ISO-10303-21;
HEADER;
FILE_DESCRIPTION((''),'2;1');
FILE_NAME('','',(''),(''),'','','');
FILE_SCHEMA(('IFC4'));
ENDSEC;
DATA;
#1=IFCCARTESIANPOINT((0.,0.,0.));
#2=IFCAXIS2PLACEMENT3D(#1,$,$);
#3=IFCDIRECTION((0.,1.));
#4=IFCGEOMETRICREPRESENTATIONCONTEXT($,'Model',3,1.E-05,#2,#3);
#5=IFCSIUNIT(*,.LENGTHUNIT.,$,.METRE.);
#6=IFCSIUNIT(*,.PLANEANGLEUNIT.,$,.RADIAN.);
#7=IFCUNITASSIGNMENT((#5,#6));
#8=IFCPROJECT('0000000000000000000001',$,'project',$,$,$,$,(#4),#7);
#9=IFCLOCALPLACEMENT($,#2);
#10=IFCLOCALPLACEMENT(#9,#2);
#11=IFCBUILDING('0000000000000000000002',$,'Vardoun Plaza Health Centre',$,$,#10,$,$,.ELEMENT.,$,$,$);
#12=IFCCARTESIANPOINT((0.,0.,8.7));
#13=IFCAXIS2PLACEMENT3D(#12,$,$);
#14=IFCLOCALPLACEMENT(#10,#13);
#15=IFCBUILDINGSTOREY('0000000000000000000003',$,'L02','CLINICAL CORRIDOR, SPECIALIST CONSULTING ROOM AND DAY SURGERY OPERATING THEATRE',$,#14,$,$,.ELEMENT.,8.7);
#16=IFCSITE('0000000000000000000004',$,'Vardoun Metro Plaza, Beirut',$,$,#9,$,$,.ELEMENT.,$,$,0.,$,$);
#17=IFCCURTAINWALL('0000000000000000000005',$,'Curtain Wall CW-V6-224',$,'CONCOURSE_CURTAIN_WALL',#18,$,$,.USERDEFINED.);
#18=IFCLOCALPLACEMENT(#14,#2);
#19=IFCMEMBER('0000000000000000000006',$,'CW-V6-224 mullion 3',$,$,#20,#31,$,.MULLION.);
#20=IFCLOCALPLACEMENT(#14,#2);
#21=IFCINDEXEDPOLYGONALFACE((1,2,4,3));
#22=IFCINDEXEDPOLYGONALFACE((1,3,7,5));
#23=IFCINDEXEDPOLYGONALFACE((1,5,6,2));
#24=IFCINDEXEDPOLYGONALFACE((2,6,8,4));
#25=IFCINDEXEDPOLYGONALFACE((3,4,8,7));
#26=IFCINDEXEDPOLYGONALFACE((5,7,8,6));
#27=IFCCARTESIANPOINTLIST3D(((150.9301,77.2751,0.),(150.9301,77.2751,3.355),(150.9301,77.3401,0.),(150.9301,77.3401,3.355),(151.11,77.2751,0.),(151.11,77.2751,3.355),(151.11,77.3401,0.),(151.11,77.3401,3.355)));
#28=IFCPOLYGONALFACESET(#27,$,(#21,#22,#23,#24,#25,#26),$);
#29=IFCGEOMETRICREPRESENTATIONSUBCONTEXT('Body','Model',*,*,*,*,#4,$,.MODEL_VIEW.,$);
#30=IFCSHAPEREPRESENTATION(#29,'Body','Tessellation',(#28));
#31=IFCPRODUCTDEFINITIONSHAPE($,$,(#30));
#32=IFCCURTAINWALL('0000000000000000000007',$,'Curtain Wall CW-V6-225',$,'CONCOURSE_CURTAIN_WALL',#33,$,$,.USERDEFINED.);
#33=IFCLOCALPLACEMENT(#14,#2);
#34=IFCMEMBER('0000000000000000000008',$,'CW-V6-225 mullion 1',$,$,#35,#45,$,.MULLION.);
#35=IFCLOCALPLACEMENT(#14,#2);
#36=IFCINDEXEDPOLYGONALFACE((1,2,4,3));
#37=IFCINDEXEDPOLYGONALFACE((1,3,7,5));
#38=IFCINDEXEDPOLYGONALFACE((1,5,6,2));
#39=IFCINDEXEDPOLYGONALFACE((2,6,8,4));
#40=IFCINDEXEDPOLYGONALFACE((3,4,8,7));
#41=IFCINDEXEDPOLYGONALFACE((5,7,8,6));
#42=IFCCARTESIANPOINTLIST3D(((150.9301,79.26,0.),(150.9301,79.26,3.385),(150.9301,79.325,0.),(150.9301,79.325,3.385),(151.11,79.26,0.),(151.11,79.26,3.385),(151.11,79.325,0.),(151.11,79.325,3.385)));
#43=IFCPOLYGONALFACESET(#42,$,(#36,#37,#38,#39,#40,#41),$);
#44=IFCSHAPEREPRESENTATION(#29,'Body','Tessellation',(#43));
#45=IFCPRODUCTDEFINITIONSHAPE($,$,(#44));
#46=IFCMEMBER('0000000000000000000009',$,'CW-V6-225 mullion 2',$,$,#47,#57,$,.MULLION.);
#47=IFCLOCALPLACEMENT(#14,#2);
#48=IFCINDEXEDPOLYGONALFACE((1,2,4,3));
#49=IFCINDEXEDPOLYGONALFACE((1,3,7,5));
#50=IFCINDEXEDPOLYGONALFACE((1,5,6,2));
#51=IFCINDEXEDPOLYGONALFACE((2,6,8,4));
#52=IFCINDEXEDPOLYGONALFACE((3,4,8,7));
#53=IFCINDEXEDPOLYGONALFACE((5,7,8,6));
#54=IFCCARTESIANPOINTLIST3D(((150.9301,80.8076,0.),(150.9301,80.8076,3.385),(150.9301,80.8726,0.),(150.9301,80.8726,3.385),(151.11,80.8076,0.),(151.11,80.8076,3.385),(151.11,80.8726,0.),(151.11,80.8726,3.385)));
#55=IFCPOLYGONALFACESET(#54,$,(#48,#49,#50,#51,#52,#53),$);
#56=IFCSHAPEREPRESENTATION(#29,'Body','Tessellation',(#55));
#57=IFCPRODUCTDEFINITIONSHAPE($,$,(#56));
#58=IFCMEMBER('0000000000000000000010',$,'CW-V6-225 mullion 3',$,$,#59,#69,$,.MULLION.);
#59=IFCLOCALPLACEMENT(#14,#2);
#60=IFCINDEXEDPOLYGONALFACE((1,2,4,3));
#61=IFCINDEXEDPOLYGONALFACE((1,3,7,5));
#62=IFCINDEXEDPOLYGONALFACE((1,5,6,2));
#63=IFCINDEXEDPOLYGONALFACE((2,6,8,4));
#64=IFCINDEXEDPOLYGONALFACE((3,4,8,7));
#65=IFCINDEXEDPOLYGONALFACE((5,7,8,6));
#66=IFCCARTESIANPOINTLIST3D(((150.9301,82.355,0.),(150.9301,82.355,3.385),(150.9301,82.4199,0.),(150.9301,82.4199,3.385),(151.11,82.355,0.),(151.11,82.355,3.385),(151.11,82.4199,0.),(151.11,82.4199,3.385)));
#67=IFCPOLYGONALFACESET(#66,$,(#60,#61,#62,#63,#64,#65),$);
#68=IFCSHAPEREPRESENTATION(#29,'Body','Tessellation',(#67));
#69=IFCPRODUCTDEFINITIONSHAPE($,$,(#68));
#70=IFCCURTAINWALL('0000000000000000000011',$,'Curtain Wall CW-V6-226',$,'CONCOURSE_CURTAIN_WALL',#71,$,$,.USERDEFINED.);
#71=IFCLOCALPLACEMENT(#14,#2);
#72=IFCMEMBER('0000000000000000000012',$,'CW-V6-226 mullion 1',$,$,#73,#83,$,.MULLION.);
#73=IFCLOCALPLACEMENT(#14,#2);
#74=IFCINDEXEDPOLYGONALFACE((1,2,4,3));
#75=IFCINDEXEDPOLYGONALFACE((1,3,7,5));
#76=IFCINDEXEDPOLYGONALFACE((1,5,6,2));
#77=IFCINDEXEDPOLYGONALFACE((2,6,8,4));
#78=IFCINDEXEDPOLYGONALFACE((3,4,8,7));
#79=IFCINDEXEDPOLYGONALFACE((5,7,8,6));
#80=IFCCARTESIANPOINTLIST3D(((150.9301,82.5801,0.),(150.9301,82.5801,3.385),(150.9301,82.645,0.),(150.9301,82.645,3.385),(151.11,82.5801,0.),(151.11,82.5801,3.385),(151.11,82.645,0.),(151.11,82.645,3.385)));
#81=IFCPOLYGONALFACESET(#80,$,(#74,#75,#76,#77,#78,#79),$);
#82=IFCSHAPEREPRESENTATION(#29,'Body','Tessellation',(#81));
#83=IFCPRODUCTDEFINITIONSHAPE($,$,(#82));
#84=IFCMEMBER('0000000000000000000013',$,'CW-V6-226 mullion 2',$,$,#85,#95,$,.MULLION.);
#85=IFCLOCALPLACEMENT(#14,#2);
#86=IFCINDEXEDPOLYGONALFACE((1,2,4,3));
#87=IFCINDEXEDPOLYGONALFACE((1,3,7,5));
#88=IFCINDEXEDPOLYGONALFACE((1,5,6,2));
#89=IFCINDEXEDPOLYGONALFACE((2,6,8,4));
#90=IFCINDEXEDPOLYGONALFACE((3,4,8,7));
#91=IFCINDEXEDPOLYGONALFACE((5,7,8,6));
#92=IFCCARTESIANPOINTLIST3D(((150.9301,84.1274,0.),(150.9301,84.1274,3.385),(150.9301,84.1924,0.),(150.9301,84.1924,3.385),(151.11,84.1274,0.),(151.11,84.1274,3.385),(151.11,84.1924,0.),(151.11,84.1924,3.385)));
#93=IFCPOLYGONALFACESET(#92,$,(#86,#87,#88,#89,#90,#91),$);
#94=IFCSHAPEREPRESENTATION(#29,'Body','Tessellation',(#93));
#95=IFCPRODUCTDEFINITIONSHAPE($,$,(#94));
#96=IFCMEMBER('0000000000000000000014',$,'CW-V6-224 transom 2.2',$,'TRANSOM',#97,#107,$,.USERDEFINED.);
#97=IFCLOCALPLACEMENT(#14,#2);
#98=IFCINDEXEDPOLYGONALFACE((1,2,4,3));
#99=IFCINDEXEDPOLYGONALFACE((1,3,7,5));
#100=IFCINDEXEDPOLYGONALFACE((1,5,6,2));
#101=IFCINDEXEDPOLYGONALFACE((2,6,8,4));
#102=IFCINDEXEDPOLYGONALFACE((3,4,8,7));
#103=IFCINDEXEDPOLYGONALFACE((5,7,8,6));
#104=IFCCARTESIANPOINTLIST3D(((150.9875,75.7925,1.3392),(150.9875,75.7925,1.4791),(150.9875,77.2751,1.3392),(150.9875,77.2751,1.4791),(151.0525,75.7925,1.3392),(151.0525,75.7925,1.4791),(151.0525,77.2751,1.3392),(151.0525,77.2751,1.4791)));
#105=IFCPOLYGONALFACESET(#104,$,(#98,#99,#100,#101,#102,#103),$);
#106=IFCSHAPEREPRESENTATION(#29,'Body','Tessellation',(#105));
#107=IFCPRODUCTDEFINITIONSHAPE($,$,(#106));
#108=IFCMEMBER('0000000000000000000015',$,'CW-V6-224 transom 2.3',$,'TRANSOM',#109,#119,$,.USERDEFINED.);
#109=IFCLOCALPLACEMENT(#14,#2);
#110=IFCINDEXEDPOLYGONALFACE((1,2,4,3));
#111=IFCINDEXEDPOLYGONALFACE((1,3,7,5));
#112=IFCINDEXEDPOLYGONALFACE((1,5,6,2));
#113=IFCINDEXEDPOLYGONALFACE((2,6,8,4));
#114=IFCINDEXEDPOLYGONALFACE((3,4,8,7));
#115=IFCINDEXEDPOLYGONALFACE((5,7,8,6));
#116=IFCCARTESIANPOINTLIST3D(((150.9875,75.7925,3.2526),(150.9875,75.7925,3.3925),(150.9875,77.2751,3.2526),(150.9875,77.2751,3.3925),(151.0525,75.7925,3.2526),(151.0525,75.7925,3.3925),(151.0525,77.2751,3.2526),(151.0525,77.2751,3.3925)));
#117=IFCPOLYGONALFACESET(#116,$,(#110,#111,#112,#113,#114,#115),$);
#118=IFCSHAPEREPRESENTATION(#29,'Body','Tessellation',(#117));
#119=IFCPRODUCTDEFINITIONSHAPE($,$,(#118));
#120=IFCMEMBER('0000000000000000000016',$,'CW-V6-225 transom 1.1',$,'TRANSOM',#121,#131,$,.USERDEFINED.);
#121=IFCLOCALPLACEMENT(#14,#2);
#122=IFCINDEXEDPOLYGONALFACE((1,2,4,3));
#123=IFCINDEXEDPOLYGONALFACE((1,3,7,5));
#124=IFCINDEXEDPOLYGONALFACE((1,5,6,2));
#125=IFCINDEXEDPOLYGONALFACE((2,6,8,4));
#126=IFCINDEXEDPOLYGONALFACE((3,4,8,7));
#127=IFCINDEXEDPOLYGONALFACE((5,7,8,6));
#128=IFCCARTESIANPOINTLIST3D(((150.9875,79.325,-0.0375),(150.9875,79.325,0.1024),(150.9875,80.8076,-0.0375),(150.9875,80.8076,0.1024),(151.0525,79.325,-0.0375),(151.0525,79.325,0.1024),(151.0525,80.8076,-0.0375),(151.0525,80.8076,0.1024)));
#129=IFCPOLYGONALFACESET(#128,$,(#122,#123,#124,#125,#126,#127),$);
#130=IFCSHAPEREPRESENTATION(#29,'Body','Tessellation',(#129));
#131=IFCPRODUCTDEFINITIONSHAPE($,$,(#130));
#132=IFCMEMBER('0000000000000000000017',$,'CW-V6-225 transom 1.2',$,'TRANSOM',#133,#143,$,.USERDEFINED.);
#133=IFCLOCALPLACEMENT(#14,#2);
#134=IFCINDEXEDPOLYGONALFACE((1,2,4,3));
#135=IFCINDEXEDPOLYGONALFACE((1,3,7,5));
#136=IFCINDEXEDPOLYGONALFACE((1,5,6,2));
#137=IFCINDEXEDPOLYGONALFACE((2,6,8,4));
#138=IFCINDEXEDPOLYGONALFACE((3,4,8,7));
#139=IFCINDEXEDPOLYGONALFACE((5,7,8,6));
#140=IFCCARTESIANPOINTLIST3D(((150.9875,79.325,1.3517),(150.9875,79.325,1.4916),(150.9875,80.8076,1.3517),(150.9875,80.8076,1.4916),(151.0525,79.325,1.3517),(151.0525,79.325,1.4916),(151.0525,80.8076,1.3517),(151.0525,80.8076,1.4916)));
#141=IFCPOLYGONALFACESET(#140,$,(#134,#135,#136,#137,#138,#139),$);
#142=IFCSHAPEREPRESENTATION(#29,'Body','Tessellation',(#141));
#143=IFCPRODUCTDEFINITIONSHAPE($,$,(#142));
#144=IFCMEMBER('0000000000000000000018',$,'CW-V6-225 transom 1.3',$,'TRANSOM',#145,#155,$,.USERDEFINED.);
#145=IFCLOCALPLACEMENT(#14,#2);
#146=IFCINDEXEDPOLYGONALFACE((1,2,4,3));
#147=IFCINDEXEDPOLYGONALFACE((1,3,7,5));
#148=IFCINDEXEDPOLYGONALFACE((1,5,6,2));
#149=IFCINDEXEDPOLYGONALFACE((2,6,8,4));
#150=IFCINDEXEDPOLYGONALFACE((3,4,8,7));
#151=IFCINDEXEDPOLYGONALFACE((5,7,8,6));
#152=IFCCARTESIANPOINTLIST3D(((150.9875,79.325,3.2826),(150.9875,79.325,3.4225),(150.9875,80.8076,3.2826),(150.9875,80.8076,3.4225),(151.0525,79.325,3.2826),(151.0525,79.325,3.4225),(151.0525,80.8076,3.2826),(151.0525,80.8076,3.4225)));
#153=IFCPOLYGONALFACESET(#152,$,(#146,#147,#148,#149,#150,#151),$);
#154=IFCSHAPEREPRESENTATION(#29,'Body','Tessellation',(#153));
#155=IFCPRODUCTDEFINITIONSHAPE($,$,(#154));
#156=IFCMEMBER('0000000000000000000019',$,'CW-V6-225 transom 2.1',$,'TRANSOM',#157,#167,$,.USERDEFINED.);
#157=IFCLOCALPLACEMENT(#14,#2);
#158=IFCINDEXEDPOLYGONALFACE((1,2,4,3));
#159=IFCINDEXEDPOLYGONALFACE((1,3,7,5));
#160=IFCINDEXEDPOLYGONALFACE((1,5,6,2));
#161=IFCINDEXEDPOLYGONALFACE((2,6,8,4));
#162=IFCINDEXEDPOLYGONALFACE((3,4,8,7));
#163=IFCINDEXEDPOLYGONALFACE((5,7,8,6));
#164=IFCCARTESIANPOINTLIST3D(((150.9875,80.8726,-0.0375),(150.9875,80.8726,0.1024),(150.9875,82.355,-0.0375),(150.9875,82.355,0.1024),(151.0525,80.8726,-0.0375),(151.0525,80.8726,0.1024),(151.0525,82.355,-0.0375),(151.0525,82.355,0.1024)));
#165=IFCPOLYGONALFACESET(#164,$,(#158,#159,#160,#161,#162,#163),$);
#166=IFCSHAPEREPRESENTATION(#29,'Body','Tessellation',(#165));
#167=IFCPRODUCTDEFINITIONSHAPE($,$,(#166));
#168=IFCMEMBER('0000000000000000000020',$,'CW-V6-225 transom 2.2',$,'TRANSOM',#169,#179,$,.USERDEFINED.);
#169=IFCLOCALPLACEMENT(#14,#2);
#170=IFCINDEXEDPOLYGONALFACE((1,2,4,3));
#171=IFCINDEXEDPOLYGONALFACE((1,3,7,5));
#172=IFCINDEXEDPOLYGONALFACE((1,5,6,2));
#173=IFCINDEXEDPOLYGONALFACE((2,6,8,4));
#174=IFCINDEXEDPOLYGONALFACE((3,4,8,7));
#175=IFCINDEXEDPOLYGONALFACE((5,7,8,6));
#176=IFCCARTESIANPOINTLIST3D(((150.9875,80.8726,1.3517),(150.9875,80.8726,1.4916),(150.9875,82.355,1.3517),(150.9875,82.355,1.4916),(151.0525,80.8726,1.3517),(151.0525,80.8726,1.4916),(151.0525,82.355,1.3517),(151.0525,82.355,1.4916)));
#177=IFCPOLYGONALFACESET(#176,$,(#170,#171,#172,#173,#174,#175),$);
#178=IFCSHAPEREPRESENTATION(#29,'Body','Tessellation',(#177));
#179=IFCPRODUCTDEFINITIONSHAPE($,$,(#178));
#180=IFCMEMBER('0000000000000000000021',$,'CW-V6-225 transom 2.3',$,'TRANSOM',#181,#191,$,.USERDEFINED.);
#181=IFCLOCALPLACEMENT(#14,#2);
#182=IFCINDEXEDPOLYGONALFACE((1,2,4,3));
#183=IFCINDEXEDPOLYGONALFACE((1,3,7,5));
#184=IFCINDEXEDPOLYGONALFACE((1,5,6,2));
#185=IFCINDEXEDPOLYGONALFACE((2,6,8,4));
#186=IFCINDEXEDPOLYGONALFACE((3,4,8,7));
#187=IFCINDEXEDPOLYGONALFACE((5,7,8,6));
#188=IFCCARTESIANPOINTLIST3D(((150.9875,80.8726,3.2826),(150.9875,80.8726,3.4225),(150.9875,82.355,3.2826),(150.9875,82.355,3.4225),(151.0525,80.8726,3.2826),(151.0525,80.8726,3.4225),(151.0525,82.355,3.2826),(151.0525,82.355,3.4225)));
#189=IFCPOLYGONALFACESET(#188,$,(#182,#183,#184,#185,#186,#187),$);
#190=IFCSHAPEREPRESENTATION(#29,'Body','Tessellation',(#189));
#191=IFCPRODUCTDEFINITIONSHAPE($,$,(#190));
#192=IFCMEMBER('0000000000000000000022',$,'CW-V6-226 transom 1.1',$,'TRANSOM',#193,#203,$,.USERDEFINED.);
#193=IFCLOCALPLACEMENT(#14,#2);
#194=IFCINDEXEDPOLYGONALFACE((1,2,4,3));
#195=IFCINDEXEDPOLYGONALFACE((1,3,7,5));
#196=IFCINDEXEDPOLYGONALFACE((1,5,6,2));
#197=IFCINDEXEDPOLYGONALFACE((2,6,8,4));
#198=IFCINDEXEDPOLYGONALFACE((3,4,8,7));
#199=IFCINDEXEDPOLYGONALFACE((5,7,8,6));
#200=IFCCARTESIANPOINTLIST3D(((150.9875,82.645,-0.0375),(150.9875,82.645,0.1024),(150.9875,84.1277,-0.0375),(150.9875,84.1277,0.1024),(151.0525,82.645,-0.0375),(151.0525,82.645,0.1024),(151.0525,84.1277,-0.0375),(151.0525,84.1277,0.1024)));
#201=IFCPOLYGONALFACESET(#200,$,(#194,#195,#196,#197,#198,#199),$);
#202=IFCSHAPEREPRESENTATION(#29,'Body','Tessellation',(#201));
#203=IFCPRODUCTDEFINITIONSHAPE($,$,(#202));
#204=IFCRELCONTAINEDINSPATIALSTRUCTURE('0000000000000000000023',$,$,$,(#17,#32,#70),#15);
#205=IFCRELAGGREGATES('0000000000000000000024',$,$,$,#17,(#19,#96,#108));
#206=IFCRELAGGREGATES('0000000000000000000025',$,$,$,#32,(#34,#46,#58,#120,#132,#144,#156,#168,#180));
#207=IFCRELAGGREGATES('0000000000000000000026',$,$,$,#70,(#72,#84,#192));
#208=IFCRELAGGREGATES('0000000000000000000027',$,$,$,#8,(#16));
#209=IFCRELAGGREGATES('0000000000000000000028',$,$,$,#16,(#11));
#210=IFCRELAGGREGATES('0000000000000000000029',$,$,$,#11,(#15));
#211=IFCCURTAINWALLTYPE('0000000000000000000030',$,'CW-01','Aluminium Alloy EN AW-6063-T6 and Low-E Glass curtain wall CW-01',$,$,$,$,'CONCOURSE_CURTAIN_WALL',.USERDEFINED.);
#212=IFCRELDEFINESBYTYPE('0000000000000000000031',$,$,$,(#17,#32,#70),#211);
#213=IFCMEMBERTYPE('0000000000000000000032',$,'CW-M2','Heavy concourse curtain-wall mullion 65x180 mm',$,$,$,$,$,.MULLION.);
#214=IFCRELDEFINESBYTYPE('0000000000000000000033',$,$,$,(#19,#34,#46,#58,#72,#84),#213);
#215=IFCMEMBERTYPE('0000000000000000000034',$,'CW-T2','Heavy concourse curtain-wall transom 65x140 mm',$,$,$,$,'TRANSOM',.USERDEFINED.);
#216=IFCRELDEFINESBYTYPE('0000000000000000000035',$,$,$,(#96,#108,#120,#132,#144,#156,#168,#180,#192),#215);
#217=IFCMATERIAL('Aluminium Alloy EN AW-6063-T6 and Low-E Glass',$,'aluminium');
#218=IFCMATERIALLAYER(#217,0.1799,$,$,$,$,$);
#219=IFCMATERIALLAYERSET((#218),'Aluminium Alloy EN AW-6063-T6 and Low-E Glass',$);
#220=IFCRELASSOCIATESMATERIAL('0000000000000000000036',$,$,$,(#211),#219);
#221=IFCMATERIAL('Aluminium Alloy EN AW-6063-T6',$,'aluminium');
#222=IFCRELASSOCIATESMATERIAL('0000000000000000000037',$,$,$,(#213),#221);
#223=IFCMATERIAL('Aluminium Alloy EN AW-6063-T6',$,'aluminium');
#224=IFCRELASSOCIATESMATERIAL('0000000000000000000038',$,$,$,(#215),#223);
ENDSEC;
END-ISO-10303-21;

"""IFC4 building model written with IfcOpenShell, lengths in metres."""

from ifc_helpers import new_model, si_unit, direction, frame, origin, origin_2d, place, context, subcontext, project, spatial, rectangle, extrude, material, layer, layer_set, material_profile, profile_set, type_object, element, aggregate, save


model = new_model("IFC4")

# Units and contexts
model_context = context("Model", 3, precision=1e-05, world=origin(), true_north=direction((0.0, 1.0)))
body_context = subcontext(model_context, "Body", "Model", "MODEL_VIEW")
ifc_project = project(units=[si_unit("LENGTHUNIT", "METRE"), si_unit("PLANEANGLEUNIT", "RADIAN")], contexts=[model_context])

# Site, building, storey
site_placement = place(None, origin())
site = spatial("IfcSite", under=ifc_project, at=site_placement, Name="Vardoun Metro Plaza, Beirut", CompositionType="ELEMENT", RefElevation=0.0)
building_placement = place(site_placement, origin())
building = spatial("IfcBuilding", under=site, at=building_placement, Name="Vardoun Plaza Health Centre", CompositionType="ELEMENT")
storey_placement = place(building_placement, frame((0.0, 0.0, 8.7)))
storey = spatial("IfcBuildingStorey", under=building, at=storey_placement, Name="L02", Description="CLINICAL CORRIDOR, SPECIALIST CONSULTING ROOM AND DAY SURGERY OPERATING THEATRE", CompositionType="ELEMENT", Elevation=8.7)

# Curtain wall, member
ifc_material_1 = material(Name="Aluminium Alloy EN AW-6063-T6 and Low-E Glass", Category="aluminium")
ifc_layer_1 = layer(ifc_material_1, 0.1799)
ifc_layer_set_1 = layer_set([ifc_layer_1], Name="Aluminium Alloy EN AW-6063-T6 and Low-E Glass")
curtain_wall_type = type_object("IfcCurtainWallType", Name="CW-01", Description="Aluminium Alloy EN AW-6063-T6 and Low-E Glass curtain wall CW-01", ElementType="CONCOURSE_CURTAIN_WALL", PredefinedType="USERDEFINED", material=ifc_layer_set_1)
curtain_wall_1_placement = place(storey_placement, origin())
curtain_wall_1 = element("IfcCurtainWall", 1, at=curtain_wall_1_placement, inside=storey, type_object=curtain_wall_type, Name="Curtain Wall CW-V6-224", ObjectType="CONCOURSE_CURTAIN_WALL", PredefinedType="USERDEFINED")
ifc_material_2 = material(Name="Aluminium Alloy EN AW-6063-T6", Category="aluminium")
ifc_material_profile_1 = material_profile(ifc_material_2, rectangle(XDim=0.1799, YDim=0.0649, at=origin_2d()), Name="CWM 65x180")
ifc_profile_set_1 = profile_set([ifc_material_profile_1], Name="Aluminium Alloy EN AW-6063-T6")
member_type_1 = type_object("IfcMemberType", Name="CW-M2", Description="Heavy concourse curtain-wall mullion 65x180 mm", PredefinedType="MULLION", material=ifc_profile_set_1)
member_1_placement = place(storey_placement, frame((151.02, 77.3076, 0.0), z_axis=(0.0, 0.0, 1.0), x_axis=(-1.0, 0.0, 0.0)))
member_1 = element("IfcMember", 2, at=member_1_placement, type_object=member_type_1, Name="CW-V6-224 mullion 3", PredefinedType="MULLION", context=body_context, shape_type="SweptSolid", body=[
    extrude(rectangle(XDim=0.1799, YDim=0.0649, at=origin_2d()), origin(), (0.0, 0.0, 1.0), 3.355),
])

# Curtain walls, members
curtain_wall_2_placement = place(storey_placement, origin())
curtain_wall_2 = element("IfcCurtainWall", 3, at=curtain_wall_2_placement, inside=storey, type_object=curtain_wall_type, Name="Curtain Wall CW-V6-225", ObjectType="CONCOURSE_CURTAIN_WALL", PredefinedType="USERDEFINED")
member_2_placement = place(storey_placement, frame((151.02, 79.2925, 0.0), z_axis=(0.0, 0.0, 1.0), x_axis=(-1.0, 0.0, 0.0)))
member_2 = element("IfcMember", 4, at=member_2_placement, type_object=member_type_1, Name="CW-V6-225 mullion 1", PredefinedType="MULLION", context=body_context, shape_type="SweptSolid", body=[
    extrude(rectangle(XDim=0.1799, YDim=0.0649, at=origin_2d()), origin(), (0.0, 0.0, 1.0), 3.385),
])
member_3_placement = place(storey_placement, frame((151.02, 80.8401, 0.0), z_axis=(0.0, 0.0, 1.0), x_axis=(-1.0, 0.0, 0.0)))
member_3 = element("IfcMember", 5, at=member_3_placement, type_object=member_type_1, Name="CW-V6-225 mullion 2", PredefinedType="MULLION", context=body_context, shape_type="SweptSolid", body=[
    extrude(rectangle(XDim=0.1799, YDim=0.0649, at=origin_2d()), origin(), (0.0, 0.0, 1.0), 3.385),
])
member_4_placement = place(storey_placement, frame((151.02, 82.3875, 0.0), z_axis=(0.0, 0.0, 1.0), x_axis=(-1.0, 0.0, 0.0)))
member_4 = element("IfcMember", 6, at=member_4_placement, type_object=member_type_1, Name="CW-V6-225 mullion 3", PredefinedType="MULLION", context=body_context, shape_type="SweptSolid", body=[
    extrude(rectangle(XDim=0.1799, YDim=0.0649, at=origin_2d()), origin(), (0.0, 0.0, 1.0), 3.385),
])
curtain_wall_3_placement = place(storey_placement, origin())
curtain_wall_3 = element("IfcCurtainWall", 7, at=curtain_wall_3_placement, inside=storey, type_object=curtain_wall_type, Name="Curtain Wall CW-V6-226", ObjectType="CONCOURSE_CURTAIN_WALL", PredefinedType="USERDEFINED")
member_5_placement = place(storey_placement, frame((151.02, 82.6125, 0.0), z_axis=(0.0, 0.0, 1.0), x_axis=(-1.0, 0.0, 0.0)))
member_5 = element("IfcMember", 8, at=member_5_placement, type_object=member_type_1, Name="CW-V6-226 mullion 1", PredefinedType="MULLION", context=body_context, shape_type="SweptSolid", body=[
    extrude(rectangle(XDim=0.1799, YDim=0.0649, at=origin_2d()), origin(), (0.0, 0.0, 1.0), 3.385),
])
member_6_placement = place(storey_placement, frame((151.02, 84.1599, 0.0), z_axis=(0.0, 0.0, 1.0), x_axis=(-1.0, 0.0, 0.0)))
member_6 = element("IfcMember", 9, at=member_6_placement, type_object=member_type_1, Name="CW-V6-226 mullion 2", PredefinedType="MULLION", context=body_context, shape_type="SweptSolid", body=[
    extrude(rectangle(XDim=0.1799, YDim=0.0649, at=origin_2d()), origin(), (0.0, 0.0, 1.0), 3.385),
])

# Members
ifc_material_3 = material(Name="Aluminium Alloy EN AW-6063-T6", Category="aluminium")
ifc_material_profile_2 = material_profile(ifc_material_3, rectangle(XDim=0.0649, YDim=0.1399, at=origin_2d()), Name="CWT 65x140")
ifc_profile_set_2 = profile_set([ifc_material_profile_2], Name="Aluminium Alloy EN AW-6063-T6")
member_type_2 = type_object("IfcMemberType", Name="CW-T2", Description="Heavy concourse curtain-wall transom 65x140 mm", ElementType="TRANSOM", PredefinedType="USERDEFINED", material=ifc_profile_set_2)
member_7_placement = place(storey_placement, frame((151.02, 75.7925, 1.4092), z_axis=(0.0, 1.0, 0.0), x_axis=(-1.0, 0.0, 0.0)))
member_7 = element("IfcMember", 10, at=member_7_placement, type_object=member_type_2, Name="CW-V6-224 transom 2.2", ObjectType="TRANSOM", PredefinedType="USERDEFINED", context=body_context, shape_type="SweptSolid", body=[
    extrude(rectangle(XDim=0.0649, YDim=0.1399, at=origin_2d()), origin(), (0.0, 0.0, 1.0), 1.4827),
])
member_8_placement = place(storey_placement, frame((151.02, 75.7925, 3.3225), z_axis=(0.0, 1.0, 0.0), x_axis=(-1.0, 0.0, 0.0)))
member_8 = element("IfcMember", 11, at=member_8_placement, type_object=member_type_2, Name="CW-V6-224 transom 2.3", ObjectType="TRANSOM", PredefinedType="USERDEFINED", context=body_context, shape_type="SweptSolid", body=[
    extrude(rectangle(XDim=0.0649, YDim=0.1399, at=origin_2d()), origin(), (0.0, 0.0, 1.0), 1.4827),
])
member_9_placement = place(storey_placement, frame((151.02, 79.325, 0.0325), z_axis=(0.0, 1.0, 0.0), x_axis=(-1.0, 0.0, 0.0)))
member_9 = element("IfcMember", 12, at=member_9_placement, type_object=member_type_2, Name="CW-V6-225 transom 1.1", ObjectType="TRANSOM", PredefinedType="USERDEFINED", context=body_context, shape_type="SweptSolid", body=[
    extrude(rectangle(XDim=0.0649, YDim=0.1399, at=origin_2d()), origin(), (0.0, 0.0, 1.0), 1.4827),
])
member_10_placement = place(storey_placement, frame((151.02, 79.325, 1.4216), z_axis=(0.0, 1.0, 0.0), x_axis=(-1.0, 0.0, 0.0)))
member_10 = element("IfcMember", 13, at=member_10_placement, type_object=member_type_2, Name="CW-V6-225 transom 1.2", ObjectType="TRANSOM", PredefinedType="USERDEFINED", context=body_context, shape_type="SweptSolid", body=[
    extrude(rectangle(XDim=0.0649, YDim=0.1399, at=origin_2d()), origin(), (0.0, 0.0, 1.0), 1.4827),
])
member_11_placement = place(storey_placement, frame((151.02, 79.325, 3.3525), z_axis=(0.0, 1.0, 0.0), x_axis=(-1.0, 0.0, 0.0)))
member_11 = element("IfcMember", 14, at=member_11_placement, type_object=member_type_2, Name="CW-V6-225 transom 1.3", ObjectType="TRANSOM", PredefinedType="USERDEFINED", context=body_context, shape_type="SweptSolid", body=[
    extrude(rectangle(XDim=0.0649, YDim=0.1399, at=origin_2d()), origin(), (0.0, 0.0, 1.0), 1.4827),
])
member_12_placement = place(storey_placement, frame((151.02, 80.8726, 0.0325), z_axis=(0.0, 1.0, 0.0), x_axis=(-1.0, 0.0, 0.0)))
member_12 = element("IfcMember", 15, at=member_12_placement, type_object=member_type_2, Name="CW-V6-225 transom 2.1", ObjectType="TRANSOM", PredefinedType="USERDEFINED", context=body_context, shape_type="SweptSolid", body=[
    extrude(rectangle(XDim=0.0649, YDim=0.1399, at=origin_2d()), origin(), (0.0, 0.0, 1.0), 1.4824),
])
member_13_placement = place(storey_placement, frame((151.02, 80.8726, 1.4216), z_axis=(0.0, 1.0, 0.0), x_axis=(-1.0, 0.0, 0.0)))
member_13 = element("IfcMember", 16, at=member_13_placement, type_object=member_type_2, Name="CW-V6-225 transom 2.2", ObjectType="TRANSOM", PredefinedType="USERDEFINED", context=body_context, shape_type="SweptSolid", body=[
    extrude(rectangle(XDim=0.0649, YDim=0.1399, at=origin_2d()), origin(), (0.0, 0.0, 1.0), 1.4824),
])
member_14_placement = place(storey_placement, frame((151.02, 80.8726, 3.3525), z_axis=(0.0, 1.0, 0.0), x_axis=(-1.0, 0.0, 0.0)))
member_14 = element("IfcMember", 17, at=member_14_placement, type_object=member_type_2, Name="CW-V6-225 transom 2.3", ObjectType="TRANSOM", PredefinedType="USERDEFINED", context=body_context, shape_type="SweptSolid", body=[
    extrude(rectangle(XDim=0.0649, YDim=0.1399, at=origin_2d()), origin(), (0.0, 0.0, 1.0), 1.4824),
])
member_15_placement = place(storey_placement, frame((151.02, 82.645, 0.0325), z_axis=(0.0, 1.0, 0.0), x_axis=(-1.0, 0.0, 0.0)))
member_15 = element("IfcMember", 18, at=member_15_placement, type_object=member_type_2, Name="CW-V6-226 transom 1.1", ObjectType="TRANSOM", PredefinedType="USERDEFINED", context=body_context, shape_type="SweptSolid", body=[
    extrude(rectangle(XDim=0.0649, YDim=0.1399, at=origin_2d()), origin(), (0.0, 0.0, 1.0), 1.4827),
])

aggregate(curtain_wall_1, [member_1, member_7, member_8])
aggregate(curtain_wall_2, [member_2, member_3, member_4, member_9, member_10, member_11, member_12, member_13, member_14])
aggregate(curtain_wall_3, [member_5, member_6, member_15])

save(model, "model.ifc")
